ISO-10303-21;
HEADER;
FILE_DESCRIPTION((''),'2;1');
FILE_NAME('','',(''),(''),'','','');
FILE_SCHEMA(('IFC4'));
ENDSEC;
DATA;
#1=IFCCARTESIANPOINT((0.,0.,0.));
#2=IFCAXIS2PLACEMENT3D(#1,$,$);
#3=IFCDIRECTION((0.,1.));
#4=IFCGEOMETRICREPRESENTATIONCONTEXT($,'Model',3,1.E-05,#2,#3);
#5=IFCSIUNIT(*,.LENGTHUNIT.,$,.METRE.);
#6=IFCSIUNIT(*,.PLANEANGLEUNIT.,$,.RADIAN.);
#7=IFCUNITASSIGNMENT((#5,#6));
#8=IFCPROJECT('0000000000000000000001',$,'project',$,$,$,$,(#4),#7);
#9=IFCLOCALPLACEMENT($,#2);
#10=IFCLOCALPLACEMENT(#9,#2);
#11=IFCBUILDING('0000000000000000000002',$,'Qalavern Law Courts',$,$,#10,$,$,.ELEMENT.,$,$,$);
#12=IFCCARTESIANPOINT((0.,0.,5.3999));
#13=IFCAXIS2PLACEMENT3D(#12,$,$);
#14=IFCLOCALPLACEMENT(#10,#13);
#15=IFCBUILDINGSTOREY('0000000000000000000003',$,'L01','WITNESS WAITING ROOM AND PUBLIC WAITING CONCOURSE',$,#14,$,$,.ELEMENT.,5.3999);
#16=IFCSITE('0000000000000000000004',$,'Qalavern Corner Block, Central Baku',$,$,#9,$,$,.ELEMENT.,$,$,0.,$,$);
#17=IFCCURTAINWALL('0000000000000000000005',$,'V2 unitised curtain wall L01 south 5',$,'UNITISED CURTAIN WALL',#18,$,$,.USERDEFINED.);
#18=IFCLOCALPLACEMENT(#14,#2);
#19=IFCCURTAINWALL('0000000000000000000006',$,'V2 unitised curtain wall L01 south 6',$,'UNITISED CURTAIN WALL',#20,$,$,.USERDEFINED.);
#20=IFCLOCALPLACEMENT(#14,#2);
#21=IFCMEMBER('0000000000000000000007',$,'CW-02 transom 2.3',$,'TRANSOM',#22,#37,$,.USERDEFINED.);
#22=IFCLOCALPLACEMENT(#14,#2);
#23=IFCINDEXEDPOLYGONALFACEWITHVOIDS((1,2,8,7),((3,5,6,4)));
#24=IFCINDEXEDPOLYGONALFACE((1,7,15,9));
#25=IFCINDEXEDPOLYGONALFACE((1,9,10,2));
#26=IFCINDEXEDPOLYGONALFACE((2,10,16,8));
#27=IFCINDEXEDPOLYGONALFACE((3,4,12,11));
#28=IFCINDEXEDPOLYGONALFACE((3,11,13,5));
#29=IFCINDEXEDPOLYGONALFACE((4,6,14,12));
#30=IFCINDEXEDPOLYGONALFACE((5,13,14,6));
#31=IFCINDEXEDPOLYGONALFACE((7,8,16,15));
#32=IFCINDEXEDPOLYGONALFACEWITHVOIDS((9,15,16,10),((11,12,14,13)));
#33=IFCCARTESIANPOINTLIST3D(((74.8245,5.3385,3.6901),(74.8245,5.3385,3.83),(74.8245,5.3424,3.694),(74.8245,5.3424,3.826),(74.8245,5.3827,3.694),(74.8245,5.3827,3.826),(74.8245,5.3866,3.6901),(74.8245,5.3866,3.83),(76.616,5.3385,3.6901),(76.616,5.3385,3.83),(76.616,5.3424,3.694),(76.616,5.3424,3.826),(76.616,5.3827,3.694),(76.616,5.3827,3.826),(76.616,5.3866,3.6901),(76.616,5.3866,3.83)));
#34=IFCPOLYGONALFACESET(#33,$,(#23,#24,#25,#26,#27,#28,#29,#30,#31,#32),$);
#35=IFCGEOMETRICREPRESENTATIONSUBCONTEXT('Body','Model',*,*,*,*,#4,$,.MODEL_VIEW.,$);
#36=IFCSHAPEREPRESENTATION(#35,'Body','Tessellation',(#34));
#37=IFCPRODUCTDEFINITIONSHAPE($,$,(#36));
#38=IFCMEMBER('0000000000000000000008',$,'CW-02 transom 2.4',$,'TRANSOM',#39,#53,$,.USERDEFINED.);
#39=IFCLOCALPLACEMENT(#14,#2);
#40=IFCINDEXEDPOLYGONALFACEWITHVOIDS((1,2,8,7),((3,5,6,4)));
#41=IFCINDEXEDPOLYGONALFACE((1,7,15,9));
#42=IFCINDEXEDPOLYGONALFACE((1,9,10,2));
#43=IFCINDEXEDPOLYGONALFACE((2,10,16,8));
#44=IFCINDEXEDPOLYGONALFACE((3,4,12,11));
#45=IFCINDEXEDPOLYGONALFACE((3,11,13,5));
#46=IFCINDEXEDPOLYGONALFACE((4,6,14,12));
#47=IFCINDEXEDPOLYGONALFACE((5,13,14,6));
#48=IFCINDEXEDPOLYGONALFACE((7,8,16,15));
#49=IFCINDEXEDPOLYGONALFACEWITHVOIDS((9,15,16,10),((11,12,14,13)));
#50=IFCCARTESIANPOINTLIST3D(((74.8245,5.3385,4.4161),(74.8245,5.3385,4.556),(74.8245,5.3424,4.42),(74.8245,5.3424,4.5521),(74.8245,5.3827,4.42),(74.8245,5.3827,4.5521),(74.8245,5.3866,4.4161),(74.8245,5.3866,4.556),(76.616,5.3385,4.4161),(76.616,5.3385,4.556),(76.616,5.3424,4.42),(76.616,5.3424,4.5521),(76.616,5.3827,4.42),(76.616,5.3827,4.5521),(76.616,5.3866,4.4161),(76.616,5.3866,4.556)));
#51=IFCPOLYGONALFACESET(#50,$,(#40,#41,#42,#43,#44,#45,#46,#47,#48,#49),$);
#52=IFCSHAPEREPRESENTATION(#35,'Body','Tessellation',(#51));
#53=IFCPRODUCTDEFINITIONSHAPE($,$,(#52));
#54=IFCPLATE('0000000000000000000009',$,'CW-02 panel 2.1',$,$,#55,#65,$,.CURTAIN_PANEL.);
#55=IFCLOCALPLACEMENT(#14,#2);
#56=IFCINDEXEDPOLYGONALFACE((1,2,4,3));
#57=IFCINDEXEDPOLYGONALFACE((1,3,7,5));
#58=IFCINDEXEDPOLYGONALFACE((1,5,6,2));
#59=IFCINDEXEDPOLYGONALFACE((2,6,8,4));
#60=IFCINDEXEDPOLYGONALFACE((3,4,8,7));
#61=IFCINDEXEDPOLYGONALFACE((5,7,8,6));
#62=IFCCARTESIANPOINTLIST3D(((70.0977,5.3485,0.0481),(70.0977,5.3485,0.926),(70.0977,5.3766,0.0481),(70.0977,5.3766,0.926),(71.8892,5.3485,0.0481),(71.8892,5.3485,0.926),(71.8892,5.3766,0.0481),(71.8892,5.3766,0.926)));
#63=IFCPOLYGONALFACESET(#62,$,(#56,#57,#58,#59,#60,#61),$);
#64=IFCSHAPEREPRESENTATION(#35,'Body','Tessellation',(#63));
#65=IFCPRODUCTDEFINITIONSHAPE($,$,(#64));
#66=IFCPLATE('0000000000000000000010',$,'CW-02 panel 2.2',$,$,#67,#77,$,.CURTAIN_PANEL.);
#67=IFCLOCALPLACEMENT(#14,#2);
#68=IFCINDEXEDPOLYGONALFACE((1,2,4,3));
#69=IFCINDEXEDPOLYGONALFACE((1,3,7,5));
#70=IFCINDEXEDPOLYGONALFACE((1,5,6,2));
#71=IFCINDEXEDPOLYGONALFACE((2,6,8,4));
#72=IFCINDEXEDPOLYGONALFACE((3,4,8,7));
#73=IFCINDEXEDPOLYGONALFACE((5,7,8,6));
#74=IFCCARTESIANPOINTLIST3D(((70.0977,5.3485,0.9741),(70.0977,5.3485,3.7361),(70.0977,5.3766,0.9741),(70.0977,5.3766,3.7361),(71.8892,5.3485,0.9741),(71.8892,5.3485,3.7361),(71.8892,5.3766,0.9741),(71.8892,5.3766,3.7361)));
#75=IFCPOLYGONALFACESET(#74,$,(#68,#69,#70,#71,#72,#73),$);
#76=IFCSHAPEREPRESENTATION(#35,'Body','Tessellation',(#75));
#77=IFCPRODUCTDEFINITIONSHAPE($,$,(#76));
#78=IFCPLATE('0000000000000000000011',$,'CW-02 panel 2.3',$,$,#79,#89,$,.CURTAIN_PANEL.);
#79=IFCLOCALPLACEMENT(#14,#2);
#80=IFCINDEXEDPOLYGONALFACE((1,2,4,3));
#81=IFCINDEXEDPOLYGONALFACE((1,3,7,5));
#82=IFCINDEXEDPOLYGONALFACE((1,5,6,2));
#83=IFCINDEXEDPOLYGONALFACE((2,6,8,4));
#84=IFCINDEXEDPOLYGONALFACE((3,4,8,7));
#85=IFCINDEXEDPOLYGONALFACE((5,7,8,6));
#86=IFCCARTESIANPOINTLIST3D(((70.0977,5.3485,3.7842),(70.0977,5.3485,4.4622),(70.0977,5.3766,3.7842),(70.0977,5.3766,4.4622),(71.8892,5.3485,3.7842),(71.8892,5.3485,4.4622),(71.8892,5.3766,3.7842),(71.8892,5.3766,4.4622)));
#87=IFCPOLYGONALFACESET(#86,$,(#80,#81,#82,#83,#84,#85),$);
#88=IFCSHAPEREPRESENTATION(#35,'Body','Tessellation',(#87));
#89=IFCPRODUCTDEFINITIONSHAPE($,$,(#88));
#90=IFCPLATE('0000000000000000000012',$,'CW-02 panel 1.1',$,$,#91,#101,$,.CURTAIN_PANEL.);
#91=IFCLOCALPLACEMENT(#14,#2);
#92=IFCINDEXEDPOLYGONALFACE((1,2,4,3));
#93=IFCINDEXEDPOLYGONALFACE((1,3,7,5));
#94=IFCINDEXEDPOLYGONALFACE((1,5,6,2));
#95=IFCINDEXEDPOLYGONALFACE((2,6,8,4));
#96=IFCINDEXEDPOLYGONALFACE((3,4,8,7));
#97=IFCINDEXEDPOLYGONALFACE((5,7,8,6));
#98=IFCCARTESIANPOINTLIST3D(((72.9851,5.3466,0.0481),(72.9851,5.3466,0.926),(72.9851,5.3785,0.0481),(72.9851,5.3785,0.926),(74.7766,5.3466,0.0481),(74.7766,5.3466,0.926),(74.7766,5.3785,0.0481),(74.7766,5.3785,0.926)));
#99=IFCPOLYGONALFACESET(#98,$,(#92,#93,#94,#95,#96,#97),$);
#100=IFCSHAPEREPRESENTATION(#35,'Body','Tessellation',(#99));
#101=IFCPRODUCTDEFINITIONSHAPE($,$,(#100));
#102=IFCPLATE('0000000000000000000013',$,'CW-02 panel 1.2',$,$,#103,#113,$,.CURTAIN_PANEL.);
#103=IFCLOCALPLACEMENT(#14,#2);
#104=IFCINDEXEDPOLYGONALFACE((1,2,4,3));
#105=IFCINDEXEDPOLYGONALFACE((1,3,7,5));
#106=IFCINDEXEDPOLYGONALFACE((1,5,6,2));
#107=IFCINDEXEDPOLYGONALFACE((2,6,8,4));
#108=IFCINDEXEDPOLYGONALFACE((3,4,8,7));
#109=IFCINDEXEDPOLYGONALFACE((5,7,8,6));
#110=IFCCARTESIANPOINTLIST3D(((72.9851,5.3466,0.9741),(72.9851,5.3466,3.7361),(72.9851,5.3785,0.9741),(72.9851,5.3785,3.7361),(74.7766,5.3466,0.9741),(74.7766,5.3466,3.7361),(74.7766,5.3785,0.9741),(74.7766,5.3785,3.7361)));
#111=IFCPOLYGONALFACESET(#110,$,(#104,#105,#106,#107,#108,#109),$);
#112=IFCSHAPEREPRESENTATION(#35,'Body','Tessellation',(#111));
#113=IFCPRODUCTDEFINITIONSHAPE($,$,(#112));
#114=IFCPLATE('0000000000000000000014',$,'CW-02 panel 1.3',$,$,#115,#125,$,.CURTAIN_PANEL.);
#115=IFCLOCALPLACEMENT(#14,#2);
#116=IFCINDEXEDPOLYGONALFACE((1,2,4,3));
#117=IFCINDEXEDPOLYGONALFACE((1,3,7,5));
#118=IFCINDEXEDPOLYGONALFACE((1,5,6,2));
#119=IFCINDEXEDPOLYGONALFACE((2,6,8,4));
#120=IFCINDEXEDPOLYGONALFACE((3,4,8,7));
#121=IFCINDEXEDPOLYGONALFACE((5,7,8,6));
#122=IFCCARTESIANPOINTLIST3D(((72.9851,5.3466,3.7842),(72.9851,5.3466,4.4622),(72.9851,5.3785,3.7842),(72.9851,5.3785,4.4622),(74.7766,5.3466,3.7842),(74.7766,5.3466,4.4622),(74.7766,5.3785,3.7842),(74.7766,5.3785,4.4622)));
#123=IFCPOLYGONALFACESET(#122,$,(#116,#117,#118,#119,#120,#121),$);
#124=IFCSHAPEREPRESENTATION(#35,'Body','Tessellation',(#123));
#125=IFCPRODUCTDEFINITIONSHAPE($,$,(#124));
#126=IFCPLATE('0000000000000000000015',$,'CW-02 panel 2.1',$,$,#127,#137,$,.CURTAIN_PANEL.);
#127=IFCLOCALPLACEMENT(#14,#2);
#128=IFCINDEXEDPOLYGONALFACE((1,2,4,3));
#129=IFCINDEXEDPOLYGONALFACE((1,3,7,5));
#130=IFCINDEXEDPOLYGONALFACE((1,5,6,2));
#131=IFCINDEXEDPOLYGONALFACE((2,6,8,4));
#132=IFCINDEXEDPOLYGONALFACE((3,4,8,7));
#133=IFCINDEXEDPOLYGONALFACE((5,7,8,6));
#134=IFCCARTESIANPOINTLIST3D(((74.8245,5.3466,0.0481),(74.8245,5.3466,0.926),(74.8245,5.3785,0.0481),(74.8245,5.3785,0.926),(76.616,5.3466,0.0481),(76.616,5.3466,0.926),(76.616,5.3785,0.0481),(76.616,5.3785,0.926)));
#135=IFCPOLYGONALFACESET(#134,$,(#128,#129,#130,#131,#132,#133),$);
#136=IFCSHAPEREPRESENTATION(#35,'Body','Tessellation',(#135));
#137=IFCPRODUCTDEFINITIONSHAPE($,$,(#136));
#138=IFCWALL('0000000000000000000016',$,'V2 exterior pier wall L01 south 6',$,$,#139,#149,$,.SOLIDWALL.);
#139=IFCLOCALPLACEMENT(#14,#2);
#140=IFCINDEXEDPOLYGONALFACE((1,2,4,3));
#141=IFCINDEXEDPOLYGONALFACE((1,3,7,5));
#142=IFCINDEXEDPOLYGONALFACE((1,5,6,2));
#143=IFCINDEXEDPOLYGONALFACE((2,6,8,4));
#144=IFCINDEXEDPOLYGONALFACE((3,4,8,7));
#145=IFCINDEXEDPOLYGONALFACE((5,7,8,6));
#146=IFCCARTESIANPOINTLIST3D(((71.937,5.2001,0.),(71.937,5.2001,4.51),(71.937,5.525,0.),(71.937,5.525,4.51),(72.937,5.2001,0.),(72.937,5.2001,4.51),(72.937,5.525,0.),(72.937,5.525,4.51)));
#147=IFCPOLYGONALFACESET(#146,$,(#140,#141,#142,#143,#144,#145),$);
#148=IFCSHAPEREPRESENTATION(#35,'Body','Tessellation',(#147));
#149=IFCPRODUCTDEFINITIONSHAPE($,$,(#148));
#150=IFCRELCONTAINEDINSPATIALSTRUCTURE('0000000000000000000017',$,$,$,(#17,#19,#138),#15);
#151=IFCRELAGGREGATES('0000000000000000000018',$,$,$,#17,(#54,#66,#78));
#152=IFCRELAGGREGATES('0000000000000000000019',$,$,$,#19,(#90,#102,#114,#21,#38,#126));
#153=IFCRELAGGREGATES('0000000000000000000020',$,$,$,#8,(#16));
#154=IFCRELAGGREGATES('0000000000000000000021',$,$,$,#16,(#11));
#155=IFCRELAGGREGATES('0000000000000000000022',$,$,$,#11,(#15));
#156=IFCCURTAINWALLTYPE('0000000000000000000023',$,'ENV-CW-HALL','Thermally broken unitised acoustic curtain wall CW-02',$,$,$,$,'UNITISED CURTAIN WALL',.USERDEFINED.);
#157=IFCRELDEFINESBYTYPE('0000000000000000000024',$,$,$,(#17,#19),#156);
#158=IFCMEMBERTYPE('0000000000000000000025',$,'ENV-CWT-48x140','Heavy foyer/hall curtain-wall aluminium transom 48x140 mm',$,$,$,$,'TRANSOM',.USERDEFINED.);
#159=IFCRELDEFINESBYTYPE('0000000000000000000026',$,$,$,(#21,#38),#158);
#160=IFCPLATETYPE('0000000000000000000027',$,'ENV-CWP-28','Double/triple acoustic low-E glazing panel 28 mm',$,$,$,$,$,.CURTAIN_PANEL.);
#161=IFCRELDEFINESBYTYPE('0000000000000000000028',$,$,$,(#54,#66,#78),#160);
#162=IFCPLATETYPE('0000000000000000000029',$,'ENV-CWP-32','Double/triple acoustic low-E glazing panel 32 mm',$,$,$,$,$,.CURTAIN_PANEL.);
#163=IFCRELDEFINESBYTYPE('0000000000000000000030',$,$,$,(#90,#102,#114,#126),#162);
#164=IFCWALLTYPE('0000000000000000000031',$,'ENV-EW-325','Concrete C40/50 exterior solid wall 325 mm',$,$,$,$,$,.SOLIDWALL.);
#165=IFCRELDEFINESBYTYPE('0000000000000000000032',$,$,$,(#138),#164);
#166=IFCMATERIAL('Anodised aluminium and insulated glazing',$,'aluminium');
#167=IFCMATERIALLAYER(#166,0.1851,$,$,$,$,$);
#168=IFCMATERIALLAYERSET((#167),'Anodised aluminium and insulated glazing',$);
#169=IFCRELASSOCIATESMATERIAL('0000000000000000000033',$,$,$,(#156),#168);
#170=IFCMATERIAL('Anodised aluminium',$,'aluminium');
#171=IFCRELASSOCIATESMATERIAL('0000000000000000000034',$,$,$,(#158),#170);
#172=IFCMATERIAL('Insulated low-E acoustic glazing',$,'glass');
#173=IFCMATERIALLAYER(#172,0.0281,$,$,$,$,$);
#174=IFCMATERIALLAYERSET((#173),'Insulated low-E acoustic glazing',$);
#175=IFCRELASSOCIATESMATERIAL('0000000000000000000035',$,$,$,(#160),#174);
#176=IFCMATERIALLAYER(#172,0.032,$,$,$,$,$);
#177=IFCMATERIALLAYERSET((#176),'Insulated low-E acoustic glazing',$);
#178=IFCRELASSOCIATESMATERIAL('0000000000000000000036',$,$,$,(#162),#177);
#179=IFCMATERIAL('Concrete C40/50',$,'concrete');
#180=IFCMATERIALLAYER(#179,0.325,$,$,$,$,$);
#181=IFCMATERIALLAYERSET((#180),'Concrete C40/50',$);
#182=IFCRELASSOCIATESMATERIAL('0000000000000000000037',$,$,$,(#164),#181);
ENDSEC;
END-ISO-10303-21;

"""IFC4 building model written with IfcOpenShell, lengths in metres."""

from ifc_helpers import new_model, si_unit, direction, frame, frame_2d, origin, origin_2d, place, context, subcontext, project, spatial, rectangle, hollow_rectangle, extrude, material, layer, layer_set, material_profile, profile_set, type_object, element, aggregate, save


model = new_model("IFC4")

# Units and contexts
model_context = context("Model", 3, precision=1e-05, world=origin(), true_north=direction((0.0, 1.0)))
body_context = subcontext(model_context, "Body", "Model", "MODEL_VIEW")
ifc_project = project(units=[si_unit("LENGTHUNIT", "METRE"), si_unit("PLANEANGLEUNIT", "RADIAN")], contexts=[model_context])

# Site, building, storey
site_placement = place(None, origin())
site = spatial("IfcSite", under=ifc_project, at=site_placement, Name="Qalavern Corner Block, Central Baku", CompositionType="ELEMENT", RefElevation=0.0)
building_placement = place(site_placement, origin())
building = spatial("IfcBuilding", under=site, at=building_placement, Name="Qalavern Law Courts", CompositionType="ELEMENT")
storey_placement = place(building_placement, frame((0.0, 0.0, 5.3999)))
storey = spatial("IfcBuildingStorey", under=building, at=storey_placement, Name="L01", Description="WITNESS WAITING ROOM AND PUBLIC WAITING CONCOURSE", CompositionType="ELEMENT", Elevation=5.3999)

# Curtain wall
ifc_material_1 = material(Name="Anodised aluminium and insulated glazing", Category="aluminium")
ifc_layer_1 = layer(ifc_material_1, 0.1851)
ifc_layer_set_1 = layer_set([ifc_layer_1], Name="Anodised aluminium and insulated glazing")
curtain_wall_type = type_object("IfcCurtainWallType", Name="ENV-CW-HALL", Description="Thermally broken unitised acoustic curtain wall CW-02", ElementType="UNITISED CURTAIN WALL", PredefinedType="USERDEFINED", material=ifc_layer_set_1)
curtain_wall_1_placement = place(storey_placement, origin())
curtain_wall_1 = element("IfcCurtainWall", 1, at=curtain_wall_1_placement, inside=storey, type_object=curtain_wall_type, Name="V2 unitised curtain wall L01 south 5", ObjectType="UNITISED CURTAIN WALL", PredefinedType="USERDEFINED")
ifc_material_2 = material(Name="Anodised aluminium", Category="aluminium")

# Curtain wall
curtain_wall_2_placement = place(storey_placement, origin())
curtain_wall_2 = element("IfcCurtainWall", 2, at=curtain_wall_2_placement, inside=storey, type_object=curtain_wall_type, Name="V2 unitised curtain wall L01 south 6", ObjectType="UNITISED CURTAIN WALL", PredefinedType="USERDEFINED")

# Members
ifc_material_profile_1 = material_profile(ifc_material_2, hollow_rectangle(XDim=0.0481, YDim=0.1399, WallThickness=0.0039, at=origin_2d()), Name="ALU TRANSOM 48x140")
ifc_profile_set_1 = profile_set([ifc_material_profile_1], Name="Anodised aluminium")
member_type_1 = type_object("IfcMemberType", Name="ENV-CWT-48x140", Description="Heavy foyer/hall curtain-wall aluminium transom 48x140 mm", ElementType="TRANSOM", PredefinedType="USERDEFINED", material=ifc_profile_set_1)
member_1_placement = place(storey_placement, frame((74.8245, 5.3625, 3.76), z_axis=(1.0, 0.0, 0.0), x_axis=(0.0, 1.0, 0.0)))
member_1 = element("IfcMember", 3, at=member_1_placement, type_object=member_type_1, Name="CW-02 transom 2.3", ObjectType="TRANSOM", PredefinedType="USERDEFINED", context=body_context, shape_type="SweptSolid", body=[
    extrude(hollow_rectangle(XDim=0.0481, YDim=0.1399, WallThickness=0.0039, at=origin_2d()), origin(), (0.0, 0.0, 1.0), 1.7915),
])
member_2_placement = place(storey_placement, frame((74.8245, 5.3625, 4.4861), z_axis=(1.0, 0.0, 0.0), x_axis=(0.0, 1.0, 0.0)))
member_2 = element("IfcMember", 4, at=member_2_placement, type_object=member_type_1, Name="CW-02 transom 2.4", ObjectType="TRANSOM", PredefinedType="USERDEFINED", context=body_context, shape_type="SweptSolid", body=[
    extrude(hollow_rectangle(XDim=0.0481, YDim=0.1399, WallThickness=0.0039, at=origin_2d()), origin(), (0.0, 0.0, 1.0), 1.7915),
])

# Plates
ifc_material_3 = material(Name="Insulated low-E acoustic glazing", Category="glass")
ifc_layer_2 = layer(ifc_material_3, 0.0281)
ifc_layer_set_2 = layer_set([ifc_layer_2], Name="Insulated low-E acoustic glazing")
plate_type_1 = type_object("IfcPlateType", Name="ENV-CWP-28", Description="Double/triple acoustic low-E glazing panel 28 mm", PredefinedType="CURTAIN_PANEL", material=ifc_layer_set_2)
plate_1_placement = place(storey_placement, frame((70.9934, 5.3625, 0.0481), z_axis=(0.0, 0.0, 1.0), x_axis=(1.0, 0.0, 0.0)))
plate_1 = element("IfcPlate", 5, at=plate_1_placement, type_object=plate_type_1, Name="CW-02 panel 2.1", PredefinedType="CURTAIN_PANEL", context=body_context, shape_type="SweptSolid", body=[
    extrude(rectangle(XDim=1.7915, YDim=0.0281, at=origin_2d()), origin(), (0.0, 0.0, 1.0), 0.8779),
])
plate_2_placement = place(storey_placement, frame((70.9934, 5.3625, 0.9741), z_axis=(0.0, 0.0, 1.0), x_axis=(1.0, 0.0, 0.0)))
plate_2 = element("IfcPlate", 6, at=plate_2_placement, type_object=plate_type_1, Name="CW-02 panel 2.2", PredefinedType="CURTAIN_PANEL", context=body_context, shape_type="SweptSolid", body=[
    extrude(rectangle(XDim=1.7915, YDim=0.0281, at=origin_2d()), origin(), (0.0, 0.0, 1.0), 2.762),
])
plate_3_placement = place(storey_placement, frame((70.9934, 5.3625, 3.7842), z_axis=(0.0, 0.0, 1.0), x_axis=(1.0, 0.0, 0.0)))
plate_3 = element("IfcPlate", 7, at=plate_3_placement, type_object=plate_type_1, Name="CW-02 panel 2.3", PredefinedType="CURTAIN_PANEL", context=body_context, shape_type="SweptSolid", body=[
    extrude(rectangle(XDim=1.7915, YDim=0.0281, at=origin_2d()), origin(), (0.0, 0.0, 1.0), 0.678),
])
aggregate(curtain_wall_1, [plate_1, plate_2, plate_3])
ifc_layer_3 = layer(ifc_material_3, 0.032)
ifc_layer_set_3 = layer_set([ifc_layer_3], Name="Insulated low-E acoustic glazing")
plate_type_2 = type_object("IfcPlateType", Name="ENV-CWP-32", Description="Double/triple acoustic low-E glazing panel 32 mm", PredefinedType="CURTAIN_PANEL", material=ifc_layer_set_3)
plate_4_placement = place(storey_placement, frame((73.8809, 5.3625, 0.0481), z_axis=(0.0, 0.0, 1.0), x_axis=(1.0, 0.0, 0.0)))
plate_4 = element("IfcPlate", 8, at=plate_4_placement, type_object=plate_type_2, Name="CW-02 panel 1.1", PredefinedType="CURTAIN_PANEL", context=body_context, shape_type="SweptSolid", body=[
    extrude(rectangle(XDim=1.7915, YDim=0.032, at=origin_2d()), origin(), (0.0, 0.0, 1.0), 0.8779),
])
plate_5_placement = place(storey_placement, frame((73.8809, 5.3625, 0.9741), z_axis=(0.0, 0.0, 1.0), x_axis=(1.0, 0.0, 0.0)))
plate_5 = element("IfcPlate", 9, at=plate_5_placement, type_object=plate_type_2, Name="CW-02 panel 1.2", PredefinedType="CURTAIN_PANEL", context=body_context, shape_type="SweptSolid", body=[
    extrude(rectangle(XDim=1.7915, YDim=0.032, at=origin_2d()), origin(), (0.0, 0.0, 1.0), 2.762),
])
plate_6_placement = place(storey_placement, frame((73.8809, 5.3625, 3.7842), z_axis=(0.0, 0.0, 1.0), x_axis=(1.0, 0.0, 0.0)))
plate_6 = element("IfcPlate", 10, at=plate_6_placement, type_object=plate_type_2, Name="CW-02 panel 1.3", PredefinedType="CURTAIN_PANEL", context=body_context, shape_type="SweptSolid", body=[
    extrude(rectangle(XDim=1.7915, YDim=0.032, at=origin_2d()), origin(), (0.0, 0.0, 1.0), 0.678),
])
plate_7_placement = place(storey_placement, frame((75.7202, 5.3625, 0.0481), z_axis=(0.0, 0.0, 1.0), x_axis=(1.0, 0.0, 0.0)))
plate_7 = element("IfcPlate", 11, at=plate_7_placement, type_object=plate_type_2, Name="CW-02 panel 2.1", PredefinedType="CURTAIN_PANEL", context=body_context, shape_type="SweptSolid", body=[
    extrude(rectangle(XDim=1.7915, YDim=0.032, at=origin_2d()), origin(), (0.0, 0.0, 1.0), 0.8779),
])
aggregate(curtain_wall_2, [plate_4, plate_5, plate_6, member_1, member_2, plate_7])

# Wall
ifc_material_4 = material(Name="Concrete C40/50", Category="concrete")
ifc_layer_4 = layer(ifc_material_4, 0.325)
ifc_layer_set_4 = layer_set([ifc_layer_4], Name="Concrete C40/50")
wall_type = type_object("IfcWallType", Name="ENV-EW-325", Description="Concrete C40/50 exterior solid wall 325 mm", PredefinedType="SOLIDWALL", material=ifc_layer_set_4)
wall_placement = place(storey_placement, frame((71.937, 5.3625, 0.0), z_axis=(0.0, 0.0, 1.0), x_axis=(1.0, 0.0, 0.0)))
element("IfcWall", 12, at=wall_placement, inside=storey, type_object=wall_type, Name="V2 exterior pier wall L01 south 6", PredefinedType="SOLIDWALL", context=body_context, shape_type="SweptSolid", body=[
    extrude(rectangle(XDim=1.0, YDim=0.325, at=frame_2d((0.5, 0.0))), origin(), (0.0, 0.0, 1.0), 4.51),
])

save(model, "model.ifc")
